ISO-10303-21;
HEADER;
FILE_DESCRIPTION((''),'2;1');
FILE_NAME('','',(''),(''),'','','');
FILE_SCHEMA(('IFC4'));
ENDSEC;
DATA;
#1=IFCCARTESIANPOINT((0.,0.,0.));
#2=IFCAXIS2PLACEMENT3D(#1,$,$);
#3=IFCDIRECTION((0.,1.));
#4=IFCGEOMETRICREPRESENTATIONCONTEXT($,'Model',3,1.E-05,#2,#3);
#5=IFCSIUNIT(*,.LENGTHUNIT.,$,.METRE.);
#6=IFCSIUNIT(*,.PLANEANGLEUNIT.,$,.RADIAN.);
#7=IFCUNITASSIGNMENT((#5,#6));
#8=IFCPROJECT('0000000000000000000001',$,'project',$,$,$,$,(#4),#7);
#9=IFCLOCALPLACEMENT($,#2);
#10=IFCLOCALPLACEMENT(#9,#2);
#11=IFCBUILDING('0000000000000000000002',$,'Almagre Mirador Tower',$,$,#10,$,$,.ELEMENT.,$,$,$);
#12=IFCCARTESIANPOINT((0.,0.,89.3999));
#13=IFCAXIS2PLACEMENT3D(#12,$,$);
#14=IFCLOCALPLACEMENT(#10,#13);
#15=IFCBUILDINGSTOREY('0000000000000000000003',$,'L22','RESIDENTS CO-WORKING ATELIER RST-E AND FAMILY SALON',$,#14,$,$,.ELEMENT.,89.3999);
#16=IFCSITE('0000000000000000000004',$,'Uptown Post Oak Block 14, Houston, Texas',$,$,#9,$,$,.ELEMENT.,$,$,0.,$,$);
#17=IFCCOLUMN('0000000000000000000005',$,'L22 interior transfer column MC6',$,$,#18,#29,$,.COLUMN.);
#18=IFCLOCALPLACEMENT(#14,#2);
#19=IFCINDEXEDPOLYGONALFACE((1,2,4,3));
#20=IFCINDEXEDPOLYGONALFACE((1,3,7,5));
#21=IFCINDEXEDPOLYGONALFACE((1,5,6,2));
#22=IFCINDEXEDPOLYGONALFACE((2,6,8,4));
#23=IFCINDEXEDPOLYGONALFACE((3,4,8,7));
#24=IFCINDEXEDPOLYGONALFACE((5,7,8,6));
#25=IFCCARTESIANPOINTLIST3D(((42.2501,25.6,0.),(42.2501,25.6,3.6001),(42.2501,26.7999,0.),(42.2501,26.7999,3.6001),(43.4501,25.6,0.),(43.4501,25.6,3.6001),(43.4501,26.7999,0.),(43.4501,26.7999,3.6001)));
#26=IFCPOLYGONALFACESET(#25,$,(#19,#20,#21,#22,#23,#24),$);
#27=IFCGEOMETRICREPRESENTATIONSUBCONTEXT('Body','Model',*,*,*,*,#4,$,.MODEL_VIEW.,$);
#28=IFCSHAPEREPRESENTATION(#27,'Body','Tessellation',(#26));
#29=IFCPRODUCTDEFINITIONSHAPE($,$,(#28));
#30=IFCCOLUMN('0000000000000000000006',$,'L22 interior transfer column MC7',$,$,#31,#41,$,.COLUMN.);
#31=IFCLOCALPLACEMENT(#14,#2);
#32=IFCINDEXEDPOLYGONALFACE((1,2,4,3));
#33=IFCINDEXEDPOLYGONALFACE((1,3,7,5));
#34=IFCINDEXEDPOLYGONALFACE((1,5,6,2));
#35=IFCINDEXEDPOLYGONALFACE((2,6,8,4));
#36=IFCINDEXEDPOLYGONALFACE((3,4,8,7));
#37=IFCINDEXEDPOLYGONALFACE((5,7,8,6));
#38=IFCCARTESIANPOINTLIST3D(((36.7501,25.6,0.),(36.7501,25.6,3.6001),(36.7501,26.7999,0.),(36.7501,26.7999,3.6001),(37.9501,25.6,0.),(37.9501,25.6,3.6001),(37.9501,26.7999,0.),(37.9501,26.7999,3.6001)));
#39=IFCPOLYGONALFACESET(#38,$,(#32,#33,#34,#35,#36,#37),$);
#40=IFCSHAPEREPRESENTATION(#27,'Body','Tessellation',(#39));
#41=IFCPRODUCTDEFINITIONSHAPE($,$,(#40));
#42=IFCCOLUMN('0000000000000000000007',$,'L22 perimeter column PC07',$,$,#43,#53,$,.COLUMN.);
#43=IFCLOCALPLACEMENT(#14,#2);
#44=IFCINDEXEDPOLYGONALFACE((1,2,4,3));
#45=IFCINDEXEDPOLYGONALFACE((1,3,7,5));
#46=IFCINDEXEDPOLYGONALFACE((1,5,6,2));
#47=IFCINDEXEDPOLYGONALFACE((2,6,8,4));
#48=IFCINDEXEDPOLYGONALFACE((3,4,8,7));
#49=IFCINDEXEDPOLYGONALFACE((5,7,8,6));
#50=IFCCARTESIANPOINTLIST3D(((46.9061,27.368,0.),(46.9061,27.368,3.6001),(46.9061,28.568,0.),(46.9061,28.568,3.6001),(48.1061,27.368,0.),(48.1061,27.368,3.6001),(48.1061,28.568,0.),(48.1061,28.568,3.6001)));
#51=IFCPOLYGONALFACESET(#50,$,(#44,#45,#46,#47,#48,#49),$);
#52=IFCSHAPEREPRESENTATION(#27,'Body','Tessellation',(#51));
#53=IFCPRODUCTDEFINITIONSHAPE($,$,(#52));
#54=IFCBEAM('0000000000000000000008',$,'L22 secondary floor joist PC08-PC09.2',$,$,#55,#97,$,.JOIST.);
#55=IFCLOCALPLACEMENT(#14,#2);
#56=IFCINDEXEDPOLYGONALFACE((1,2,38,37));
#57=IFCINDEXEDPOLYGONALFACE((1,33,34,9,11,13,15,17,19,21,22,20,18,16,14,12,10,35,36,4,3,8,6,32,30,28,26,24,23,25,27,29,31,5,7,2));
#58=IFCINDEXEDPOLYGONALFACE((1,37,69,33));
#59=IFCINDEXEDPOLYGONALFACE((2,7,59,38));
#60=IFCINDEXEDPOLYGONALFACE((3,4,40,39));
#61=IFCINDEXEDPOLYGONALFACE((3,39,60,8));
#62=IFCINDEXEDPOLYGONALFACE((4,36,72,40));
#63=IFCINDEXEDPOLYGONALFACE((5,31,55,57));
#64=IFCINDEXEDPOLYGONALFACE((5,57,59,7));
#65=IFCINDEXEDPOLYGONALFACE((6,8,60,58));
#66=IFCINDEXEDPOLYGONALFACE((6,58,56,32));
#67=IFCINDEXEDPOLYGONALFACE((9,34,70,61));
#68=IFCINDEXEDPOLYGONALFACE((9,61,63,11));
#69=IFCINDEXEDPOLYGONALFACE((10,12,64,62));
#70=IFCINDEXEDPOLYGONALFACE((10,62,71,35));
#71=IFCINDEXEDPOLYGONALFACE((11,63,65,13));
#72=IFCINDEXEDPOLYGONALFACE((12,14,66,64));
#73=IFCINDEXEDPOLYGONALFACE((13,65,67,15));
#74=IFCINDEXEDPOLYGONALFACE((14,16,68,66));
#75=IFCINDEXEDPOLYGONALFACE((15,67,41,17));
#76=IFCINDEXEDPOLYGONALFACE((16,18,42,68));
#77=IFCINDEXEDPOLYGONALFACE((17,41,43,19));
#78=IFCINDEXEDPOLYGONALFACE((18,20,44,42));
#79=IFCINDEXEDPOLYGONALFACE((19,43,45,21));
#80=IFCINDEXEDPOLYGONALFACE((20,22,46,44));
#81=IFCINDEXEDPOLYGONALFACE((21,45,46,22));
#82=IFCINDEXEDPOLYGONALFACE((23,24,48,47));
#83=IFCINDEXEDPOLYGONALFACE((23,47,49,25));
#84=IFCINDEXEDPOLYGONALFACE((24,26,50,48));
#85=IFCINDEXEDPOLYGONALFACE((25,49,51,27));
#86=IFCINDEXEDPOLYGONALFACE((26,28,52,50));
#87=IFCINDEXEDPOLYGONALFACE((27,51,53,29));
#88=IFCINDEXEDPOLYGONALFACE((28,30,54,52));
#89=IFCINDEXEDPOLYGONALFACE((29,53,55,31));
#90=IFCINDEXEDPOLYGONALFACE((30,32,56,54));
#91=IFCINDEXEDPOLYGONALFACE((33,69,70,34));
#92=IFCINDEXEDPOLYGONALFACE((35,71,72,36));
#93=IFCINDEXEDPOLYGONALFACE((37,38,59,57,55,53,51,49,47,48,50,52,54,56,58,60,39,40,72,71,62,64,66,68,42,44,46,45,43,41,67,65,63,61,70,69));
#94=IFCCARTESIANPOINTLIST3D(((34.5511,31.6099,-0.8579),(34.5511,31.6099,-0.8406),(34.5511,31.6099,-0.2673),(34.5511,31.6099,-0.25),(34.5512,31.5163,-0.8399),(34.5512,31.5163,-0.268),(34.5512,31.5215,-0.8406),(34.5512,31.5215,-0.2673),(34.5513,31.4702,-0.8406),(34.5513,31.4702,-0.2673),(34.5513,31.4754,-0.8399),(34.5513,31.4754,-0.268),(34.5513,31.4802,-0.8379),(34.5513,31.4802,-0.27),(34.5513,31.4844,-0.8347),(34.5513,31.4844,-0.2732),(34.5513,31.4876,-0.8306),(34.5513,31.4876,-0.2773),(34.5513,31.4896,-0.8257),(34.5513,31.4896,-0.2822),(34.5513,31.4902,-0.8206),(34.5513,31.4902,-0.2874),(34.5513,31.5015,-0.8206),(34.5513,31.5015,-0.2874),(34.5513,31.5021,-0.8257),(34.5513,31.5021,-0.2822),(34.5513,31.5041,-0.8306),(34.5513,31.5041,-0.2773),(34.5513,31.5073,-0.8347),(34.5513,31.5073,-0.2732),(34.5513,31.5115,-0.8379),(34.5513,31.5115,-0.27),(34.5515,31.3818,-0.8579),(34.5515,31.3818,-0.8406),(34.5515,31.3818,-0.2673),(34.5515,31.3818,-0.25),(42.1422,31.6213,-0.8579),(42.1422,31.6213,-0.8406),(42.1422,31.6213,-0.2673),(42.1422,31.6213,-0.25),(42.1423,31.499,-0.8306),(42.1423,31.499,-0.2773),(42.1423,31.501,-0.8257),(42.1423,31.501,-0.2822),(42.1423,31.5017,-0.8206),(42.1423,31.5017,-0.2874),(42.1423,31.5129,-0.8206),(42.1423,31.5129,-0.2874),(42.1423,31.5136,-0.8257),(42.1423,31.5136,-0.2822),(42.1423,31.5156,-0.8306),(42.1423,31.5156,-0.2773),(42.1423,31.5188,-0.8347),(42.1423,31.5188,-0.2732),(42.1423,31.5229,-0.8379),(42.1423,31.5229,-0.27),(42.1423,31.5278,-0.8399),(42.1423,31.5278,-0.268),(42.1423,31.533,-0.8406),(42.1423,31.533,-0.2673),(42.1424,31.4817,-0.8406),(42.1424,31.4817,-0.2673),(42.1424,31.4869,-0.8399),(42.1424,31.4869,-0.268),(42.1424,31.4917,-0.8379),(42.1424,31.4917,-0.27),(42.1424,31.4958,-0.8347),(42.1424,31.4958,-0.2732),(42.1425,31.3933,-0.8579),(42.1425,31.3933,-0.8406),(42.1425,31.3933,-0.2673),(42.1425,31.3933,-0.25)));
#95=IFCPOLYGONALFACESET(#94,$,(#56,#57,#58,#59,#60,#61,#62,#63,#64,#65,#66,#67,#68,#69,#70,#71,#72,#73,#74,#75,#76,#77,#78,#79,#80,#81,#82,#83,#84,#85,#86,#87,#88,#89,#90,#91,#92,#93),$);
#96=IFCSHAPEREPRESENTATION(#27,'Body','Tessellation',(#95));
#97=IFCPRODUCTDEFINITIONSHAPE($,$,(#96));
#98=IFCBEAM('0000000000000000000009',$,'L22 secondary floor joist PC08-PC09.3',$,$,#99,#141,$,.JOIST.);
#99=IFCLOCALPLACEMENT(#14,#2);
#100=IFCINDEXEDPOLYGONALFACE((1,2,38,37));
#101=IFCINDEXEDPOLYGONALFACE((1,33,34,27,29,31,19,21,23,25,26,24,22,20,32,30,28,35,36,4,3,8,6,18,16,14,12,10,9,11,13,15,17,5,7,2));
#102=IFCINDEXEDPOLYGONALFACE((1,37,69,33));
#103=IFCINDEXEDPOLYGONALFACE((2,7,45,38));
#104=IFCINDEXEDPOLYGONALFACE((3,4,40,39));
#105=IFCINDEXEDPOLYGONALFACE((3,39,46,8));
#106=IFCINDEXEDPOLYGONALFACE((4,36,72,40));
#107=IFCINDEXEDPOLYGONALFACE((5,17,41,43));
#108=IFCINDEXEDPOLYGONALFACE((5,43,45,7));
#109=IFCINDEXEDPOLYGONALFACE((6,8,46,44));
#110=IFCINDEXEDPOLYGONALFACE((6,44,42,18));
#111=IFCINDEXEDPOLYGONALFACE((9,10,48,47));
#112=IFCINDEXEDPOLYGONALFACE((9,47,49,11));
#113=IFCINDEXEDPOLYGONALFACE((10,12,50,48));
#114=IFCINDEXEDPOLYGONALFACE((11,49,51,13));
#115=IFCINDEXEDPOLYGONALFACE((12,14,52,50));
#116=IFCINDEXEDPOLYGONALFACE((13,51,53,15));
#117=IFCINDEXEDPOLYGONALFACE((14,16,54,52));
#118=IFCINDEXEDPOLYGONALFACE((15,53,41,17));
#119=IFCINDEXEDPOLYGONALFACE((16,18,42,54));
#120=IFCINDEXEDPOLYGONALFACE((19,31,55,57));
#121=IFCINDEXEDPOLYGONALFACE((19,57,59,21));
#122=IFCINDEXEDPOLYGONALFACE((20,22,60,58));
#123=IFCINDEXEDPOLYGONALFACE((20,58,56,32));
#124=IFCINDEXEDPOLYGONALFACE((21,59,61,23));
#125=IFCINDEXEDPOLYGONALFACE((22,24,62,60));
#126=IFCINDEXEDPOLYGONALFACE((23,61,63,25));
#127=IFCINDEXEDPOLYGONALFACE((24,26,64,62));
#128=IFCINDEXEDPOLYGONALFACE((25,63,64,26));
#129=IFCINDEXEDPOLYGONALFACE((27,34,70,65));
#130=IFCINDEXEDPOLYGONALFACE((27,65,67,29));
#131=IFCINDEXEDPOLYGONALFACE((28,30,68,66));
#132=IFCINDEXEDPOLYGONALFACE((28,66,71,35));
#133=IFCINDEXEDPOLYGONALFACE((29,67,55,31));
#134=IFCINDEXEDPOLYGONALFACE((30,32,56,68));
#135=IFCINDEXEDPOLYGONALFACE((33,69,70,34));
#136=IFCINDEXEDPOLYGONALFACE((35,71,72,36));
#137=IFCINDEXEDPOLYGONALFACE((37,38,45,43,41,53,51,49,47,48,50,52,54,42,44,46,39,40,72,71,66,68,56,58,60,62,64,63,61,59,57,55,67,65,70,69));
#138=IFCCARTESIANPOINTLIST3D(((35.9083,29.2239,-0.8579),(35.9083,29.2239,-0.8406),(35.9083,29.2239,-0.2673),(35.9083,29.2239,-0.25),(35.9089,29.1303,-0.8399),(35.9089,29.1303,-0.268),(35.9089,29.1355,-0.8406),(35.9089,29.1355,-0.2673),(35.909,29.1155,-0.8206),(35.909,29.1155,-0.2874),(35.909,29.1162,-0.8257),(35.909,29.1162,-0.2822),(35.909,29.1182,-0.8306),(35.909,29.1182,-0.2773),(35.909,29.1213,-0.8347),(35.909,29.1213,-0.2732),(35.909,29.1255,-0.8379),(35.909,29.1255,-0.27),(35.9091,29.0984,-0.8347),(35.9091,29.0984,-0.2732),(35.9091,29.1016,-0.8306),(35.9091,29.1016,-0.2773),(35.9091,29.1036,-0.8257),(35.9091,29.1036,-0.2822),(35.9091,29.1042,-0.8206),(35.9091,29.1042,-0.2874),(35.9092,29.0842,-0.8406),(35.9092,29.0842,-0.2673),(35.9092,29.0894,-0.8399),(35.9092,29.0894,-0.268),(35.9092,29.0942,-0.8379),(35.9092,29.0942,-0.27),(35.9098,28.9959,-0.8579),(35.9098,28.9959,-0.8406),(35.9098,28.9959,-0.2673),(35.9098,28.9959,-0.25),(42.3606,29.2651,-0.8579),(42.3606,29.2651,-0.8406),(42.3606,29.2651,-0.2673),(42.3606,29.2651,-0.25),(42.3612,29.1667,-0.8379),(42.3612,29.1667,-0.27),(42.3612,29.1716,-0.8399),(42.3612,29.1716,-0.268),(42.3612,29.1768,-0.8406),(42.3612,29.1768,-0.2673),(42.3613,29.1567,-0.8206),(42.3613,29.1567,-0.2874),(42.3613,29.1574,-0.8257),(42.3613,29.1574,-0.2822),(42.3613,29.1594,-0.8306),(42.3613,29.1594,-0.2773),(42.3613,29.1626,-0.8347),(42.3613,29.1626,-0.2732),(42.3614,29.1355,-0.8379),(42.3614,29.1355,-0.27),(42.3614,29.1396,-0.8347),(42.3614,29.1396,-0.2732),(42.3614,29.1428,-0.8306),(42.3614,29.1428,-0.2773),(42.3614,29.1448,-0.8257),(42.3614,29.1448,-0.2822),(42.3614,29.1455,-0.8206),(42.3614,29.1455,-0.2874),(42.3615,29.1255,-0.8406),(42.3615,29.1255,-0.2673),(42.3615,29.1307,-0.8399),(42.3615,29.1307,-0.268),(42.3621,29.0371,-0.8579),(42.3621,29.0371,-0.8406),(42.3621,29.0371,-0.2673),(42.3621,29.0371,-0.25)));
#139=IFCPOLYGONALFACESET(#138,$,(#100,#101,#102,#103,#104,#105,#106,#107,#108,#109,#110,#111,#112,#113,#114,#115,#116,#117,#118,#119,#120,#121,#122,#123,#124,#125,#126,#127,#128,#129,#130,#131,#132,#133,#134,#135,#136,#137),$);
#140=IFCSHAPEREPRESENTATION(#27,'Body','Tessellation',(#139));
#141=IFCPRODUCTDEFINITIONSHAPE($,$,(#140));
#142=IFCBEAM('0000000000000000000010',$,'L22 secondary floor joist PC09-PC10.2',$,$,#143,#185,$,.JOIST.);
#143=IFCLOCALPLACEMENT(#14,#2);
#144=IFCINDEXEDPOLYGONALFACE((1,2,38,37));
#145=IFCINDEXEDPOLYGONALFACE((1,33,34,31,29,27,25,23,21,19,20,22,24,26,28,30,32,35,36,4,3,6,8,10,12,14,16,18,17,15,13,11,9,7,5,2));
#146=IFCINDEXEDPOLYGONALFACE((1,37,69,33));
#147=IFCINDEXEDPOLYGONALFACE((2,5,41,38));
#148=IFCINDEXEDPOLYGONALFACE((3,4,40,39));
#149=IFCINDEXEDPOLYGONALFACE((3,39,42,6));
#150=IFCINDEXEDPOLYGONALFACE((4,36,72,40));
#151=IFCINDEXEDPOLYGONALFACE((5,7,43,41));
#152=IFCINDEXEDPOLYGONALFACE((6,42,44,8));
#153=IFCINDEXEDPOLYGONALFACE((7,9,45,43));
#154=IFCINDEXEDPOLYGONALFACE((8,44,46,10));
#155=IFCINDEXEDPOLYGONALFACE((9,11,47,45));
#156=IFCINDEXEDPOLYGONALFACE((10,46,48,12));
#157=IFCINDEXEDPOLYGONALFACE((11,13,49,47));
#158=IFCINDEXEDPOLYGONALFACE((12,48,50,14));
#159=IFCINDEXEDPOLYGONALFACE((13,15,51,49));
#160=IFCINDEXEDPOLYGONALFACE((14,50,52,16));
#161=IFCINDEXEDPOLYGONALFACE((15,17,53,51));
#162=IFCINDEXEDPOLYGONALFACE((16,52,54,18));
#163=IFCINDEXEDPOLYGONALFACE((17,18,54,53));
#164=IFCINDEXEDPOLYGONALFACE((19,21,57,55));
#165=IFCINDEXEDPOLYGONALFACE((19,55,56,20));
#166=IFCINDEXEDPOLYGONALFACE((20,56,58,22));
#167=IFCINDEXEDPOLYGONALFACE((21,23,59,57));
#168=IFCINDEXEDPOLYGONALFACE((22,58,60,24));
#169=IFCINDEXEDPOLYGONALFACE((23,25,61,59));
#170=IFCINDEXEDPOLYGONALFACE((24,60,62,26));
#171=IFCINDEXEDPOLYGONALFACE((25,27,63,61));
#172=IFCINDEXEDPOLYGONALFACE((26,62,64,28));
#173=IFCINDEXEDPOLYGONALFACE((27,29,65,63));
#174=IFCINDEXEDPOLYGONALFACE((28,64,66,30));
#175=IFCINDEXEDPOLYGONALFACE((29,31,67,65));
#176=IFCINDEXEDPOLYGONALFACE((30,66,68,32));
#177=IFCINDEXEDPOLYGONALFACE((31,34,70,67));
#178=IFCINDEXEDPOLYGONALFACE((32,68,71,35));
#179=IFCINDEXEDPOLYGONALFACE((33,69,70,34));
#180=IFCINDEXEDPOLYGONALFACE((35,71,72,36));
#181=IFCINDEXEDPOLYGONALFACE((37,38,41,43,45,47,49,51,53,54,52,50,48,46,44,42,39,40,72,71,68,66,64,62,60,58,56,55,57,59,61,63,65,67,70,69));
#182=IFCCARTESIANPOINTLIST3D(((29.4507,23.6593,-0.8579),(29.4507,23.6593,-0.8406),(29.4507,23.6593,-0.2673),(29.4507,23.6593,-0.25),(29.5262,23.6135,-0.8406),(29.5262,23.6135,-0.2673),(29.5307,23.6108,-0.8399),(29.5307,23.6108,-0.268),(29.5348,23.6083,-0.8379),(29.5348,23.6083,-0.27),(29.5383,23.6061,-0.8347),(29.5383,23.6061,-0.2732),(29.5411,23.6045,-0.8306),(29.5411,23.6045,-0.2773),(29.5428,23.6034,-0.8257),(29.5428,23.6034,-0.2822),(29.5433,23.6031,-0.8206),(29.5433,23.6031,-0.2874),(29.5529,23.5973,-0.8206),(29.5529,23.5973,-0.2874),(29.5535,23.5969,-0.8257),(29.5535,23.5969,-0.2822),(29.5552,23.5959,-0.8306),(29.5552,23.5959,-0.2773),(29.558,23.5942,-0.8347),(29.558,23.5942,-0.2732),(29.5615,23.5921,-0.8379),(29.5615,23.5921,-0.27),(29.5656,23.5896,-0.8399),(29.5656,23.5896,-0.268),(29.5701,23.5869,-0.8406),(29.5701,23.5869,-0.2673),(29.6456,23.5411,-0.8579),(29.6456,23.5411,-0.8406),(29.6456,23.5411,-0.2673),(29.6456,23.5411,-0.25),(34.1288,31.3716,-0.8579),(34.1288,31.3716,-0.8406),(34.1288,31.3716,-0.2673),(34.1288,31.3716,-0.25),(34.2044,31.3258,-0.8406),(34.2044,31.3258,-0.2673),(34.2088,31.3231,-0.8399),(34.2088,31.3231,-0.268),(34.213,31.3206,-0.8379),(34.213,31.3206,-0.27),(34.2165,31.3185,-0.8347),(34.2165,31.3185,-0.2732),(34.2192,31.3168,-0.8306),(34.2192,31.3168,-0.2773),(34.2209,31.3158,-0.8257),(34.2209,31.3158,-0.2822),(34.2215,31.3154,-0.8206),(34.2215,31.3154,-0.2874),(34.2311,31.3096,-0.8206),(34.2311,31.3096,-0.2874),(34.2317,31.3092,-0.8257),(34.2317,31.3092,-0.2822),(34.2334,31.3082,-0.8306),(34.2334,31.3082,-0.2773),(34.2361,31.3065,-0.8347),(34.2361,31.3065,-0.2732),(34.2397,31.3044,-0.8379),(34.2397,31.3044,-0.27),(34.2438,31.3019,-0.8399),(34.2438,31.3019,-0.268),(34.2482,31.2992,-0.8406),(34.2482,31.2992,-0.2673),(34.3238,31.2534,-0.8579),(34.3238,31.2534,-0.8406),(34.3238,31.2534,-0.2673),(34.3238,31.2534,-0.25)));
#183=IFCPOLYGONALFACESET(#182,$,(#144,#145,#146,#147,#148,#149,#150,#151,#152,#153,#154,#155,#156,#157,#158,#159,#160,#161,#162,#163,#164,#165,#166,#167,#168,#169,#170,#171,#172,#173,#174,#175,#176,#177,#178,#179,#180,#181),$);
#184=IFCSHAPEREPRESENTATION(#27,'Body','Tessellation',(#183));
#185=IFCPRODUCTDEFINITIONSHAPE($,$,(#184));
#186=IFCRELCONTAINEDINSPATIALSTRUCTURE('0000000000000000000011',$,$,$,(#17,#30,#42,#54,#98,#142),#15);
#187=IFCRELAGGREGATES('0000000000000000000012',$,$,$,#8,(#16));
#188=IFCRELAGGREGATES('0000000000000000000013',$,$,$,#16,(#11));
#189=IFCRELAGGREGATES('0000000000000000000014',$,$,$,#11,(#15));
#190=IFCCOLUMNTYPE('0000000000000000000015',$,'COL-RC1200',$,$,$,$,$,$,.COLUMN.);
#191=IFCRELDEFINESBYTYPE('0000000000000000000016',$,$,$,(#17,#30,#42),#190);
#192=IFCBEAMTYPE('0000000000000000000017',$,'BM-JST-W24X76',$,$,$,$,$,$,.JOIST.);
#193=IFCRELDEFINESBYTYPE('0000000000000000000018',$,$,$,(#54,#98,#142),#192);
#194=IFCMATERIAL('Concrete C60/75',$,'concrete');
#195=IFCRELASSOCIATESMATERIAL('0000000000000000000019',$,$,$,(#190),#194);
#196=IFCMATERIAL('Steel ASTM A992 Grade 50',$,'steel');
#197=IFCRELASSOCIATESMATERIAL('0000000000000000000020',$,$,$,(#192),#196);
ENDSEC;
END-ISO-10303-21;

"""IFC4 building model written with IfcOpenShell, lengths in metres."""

from ifc_helpers import new_model, si_unit, direction, frame, origin, origin_2d, place, context, subcontext, project, spatial, rectangle, i_section, extrude, material, material_profile, profile_set, type_object, element, save


model = new_model("IFC4")

# Units and contexts
model_context = context("Model", 3, precision=1e-05, world=origin(), true_north=direction((0.0, 1.0)))
body_context = subcontext(model_context, "Body", "Model", "MODEL_VIEW")
ifc_project = project(units=[si_unit("LENGTHUNIT", "METRE"), si_unit("PLANEANGLEUNIT", "RADIAN")], contexts=[model_context])

# Site, building, storey
site_placement = place(None, origin())
site = spatial("IfcSite", under=ifc_project, at=site_placement, Name="Uptown Post Oak Block 14, Houston, Texas", CompositionType="ELEMENT", RefElevation=0.0)
building_placement = place(site_placement, origin())
building = spatial("IfcBuilding", under=site, at=building_placement, Name="Almagre Mirador Tower", CompositionType="ELEMENT")
storey_placement = place(building_placement, frame((0.0, 0.0, 89.3999)))
storey = spatial("IfcBuildingStorey", under=building, at=storey_placement, Name="L22", Description="RESIDENTS CO-WORKING ATELIER RST-E AND FAMILY SALON", CompositionType="ELEMENT", Elevation=89.3999)

# Columns
ifc_material_1 = material(Name="Concrete C60/75", Category="concrete")
ifc_material_profile_1 = material_profile(ifc_material_1, rectangle(XDim=1.2, YDim=1.2, at=origin_2d()), Name="RC1200X1200")
ifc_profile_set_1 = profile_set([ifc_material_profile_1], Name="Concrete C60/75")
column_type = type_object("IfcColumnType", Name="COL-RC1200", PredefinedType="COLUMN", material=ifc_profile_set_1)
for number, where, z_axis, x_axis, name in (
    (1, (42.8501, 26.2, 0.0), (0.0, 0.0, 1.0), (1.0, 0.0, 0.0), "L22 interior transfer column MC6"),
    (2, (37.3501, 26.2, 0.0), (0.0, 0.0, 1.0), (1.0, 0.0, 0.0), "L22 interior transfer column MC7"),
    (3, (47.5061, 27.968, 0.0), (0.0, 0.0, 1.0), (1.0, 0.0, 0.0), "L22 perimeter column PC07"),
):
    element("IfcColumn", number, at=place(storey_placement, frame(where, z_axis=z_axis, x_axis=x_axis)), inside=storey, type_object=column_type, Name=name, PredefinedType="COLUMN", context=body_context, shape_type="SweptSolid", body=[
        extrude(rectangle(XDim=1.2, YDim=1.2, at=origin_2d()), origin(), (0.0, 0.0, 1.0), 3.6001),
    ])

# Beams
ifc_material_2 = material(Name="Steel ASTM A992 Grade 50", Category="steel")
ifc_material_profile_2 = material_profile(ifc_material_2, i_section(OverallWidth=0.228, OverallDepth=0.6079, WebThickness=0.0112, FlangeThickness=0.0173, FilletRadius=0.02, at=origin_2d()), Name="W24X76")
ifc_profile_set_2 = profile_set([ifc_material_profile_2], Name="Steel ASTM A992 Grade 50")
beam_type_1 = type_object("IfcBeamType", Name="BM-JST-W24X76", PredefinedType="JOIST", material=ifc_profile_set_2)
beam_1_placement = place(storey_placement, frame((42.1423, 31.5073, -0.554), z_axis=(-0.999999, -0.001512, 0.0), x_axis=(0.001512, -0.999999, 0.0)))
element("IfcBeam", 4, at=beam_1_placement, inside=storey, type_object=beam_type_1, Name="L22 secondary floor joist PC08-PC09.2", PredefinedType="JOIST", context=body_context, shape_type="SweptSolid", body=[
    extrude(i_section(OverallWidth=0.228, OverallDepth=0.6079, WebThickness=0.0112, FlangeThickness=0.0173, FilletRadius=0.02, at=origin_2d()), origin(), (0.0, 0.0, 1.0), 7.5911),
])
beam_2_placement = place(storey_placement, frame((42.3613, 29.1511, -0.554), z_axis=(-0.99998, -0.006395, 0.0), x_axis=(0.006395, -0.99998, 0.0)))
element("IfcBeam", 5, at=beam_2_placement, inside=storey, type_object=beam_type_1, Name="L22 secondary floor joist PC08-PC09.3", PredefinedType="JOIST", context=body_context, shape_type="SweptSolid", body=[
    extrude(i_section(OverallWidth=0.228, OverallDepth=0.6079, WebThickness=0.0112, FlangeThickness=0.0173, FilletRadius=0.02, at=origin_2d()), origin(), (0.0, 0.0, 1.0), 6.4524),
])
beam_3_placement = place(storey_placement, frame((34.2263, 31.3125, -0.554), z_axis=(-0.518629, -0.854999, 0.0), x_axis=(0.854999, -0.518629, 0.0)))
element("IfcBeam", 6, at=beam_3_placement, inside=storey, type_object=beam_type_1, Name="L22 secondary floor joist PC09-PC10.2", PredefinedType="JOIST", context=body_context, shape_type="SweptSolid", body=[
    extrude(i_section(OverallWidth=0.228, OverallDepth=0.6079, WebThickness=0.0112, FlangeThickness=0.0173, FilletRadius=0.02, at=origin_2d()), origin(), (0.0, 0.0, 1.0), 9.0203),
])

save(model, "model.ifc")
